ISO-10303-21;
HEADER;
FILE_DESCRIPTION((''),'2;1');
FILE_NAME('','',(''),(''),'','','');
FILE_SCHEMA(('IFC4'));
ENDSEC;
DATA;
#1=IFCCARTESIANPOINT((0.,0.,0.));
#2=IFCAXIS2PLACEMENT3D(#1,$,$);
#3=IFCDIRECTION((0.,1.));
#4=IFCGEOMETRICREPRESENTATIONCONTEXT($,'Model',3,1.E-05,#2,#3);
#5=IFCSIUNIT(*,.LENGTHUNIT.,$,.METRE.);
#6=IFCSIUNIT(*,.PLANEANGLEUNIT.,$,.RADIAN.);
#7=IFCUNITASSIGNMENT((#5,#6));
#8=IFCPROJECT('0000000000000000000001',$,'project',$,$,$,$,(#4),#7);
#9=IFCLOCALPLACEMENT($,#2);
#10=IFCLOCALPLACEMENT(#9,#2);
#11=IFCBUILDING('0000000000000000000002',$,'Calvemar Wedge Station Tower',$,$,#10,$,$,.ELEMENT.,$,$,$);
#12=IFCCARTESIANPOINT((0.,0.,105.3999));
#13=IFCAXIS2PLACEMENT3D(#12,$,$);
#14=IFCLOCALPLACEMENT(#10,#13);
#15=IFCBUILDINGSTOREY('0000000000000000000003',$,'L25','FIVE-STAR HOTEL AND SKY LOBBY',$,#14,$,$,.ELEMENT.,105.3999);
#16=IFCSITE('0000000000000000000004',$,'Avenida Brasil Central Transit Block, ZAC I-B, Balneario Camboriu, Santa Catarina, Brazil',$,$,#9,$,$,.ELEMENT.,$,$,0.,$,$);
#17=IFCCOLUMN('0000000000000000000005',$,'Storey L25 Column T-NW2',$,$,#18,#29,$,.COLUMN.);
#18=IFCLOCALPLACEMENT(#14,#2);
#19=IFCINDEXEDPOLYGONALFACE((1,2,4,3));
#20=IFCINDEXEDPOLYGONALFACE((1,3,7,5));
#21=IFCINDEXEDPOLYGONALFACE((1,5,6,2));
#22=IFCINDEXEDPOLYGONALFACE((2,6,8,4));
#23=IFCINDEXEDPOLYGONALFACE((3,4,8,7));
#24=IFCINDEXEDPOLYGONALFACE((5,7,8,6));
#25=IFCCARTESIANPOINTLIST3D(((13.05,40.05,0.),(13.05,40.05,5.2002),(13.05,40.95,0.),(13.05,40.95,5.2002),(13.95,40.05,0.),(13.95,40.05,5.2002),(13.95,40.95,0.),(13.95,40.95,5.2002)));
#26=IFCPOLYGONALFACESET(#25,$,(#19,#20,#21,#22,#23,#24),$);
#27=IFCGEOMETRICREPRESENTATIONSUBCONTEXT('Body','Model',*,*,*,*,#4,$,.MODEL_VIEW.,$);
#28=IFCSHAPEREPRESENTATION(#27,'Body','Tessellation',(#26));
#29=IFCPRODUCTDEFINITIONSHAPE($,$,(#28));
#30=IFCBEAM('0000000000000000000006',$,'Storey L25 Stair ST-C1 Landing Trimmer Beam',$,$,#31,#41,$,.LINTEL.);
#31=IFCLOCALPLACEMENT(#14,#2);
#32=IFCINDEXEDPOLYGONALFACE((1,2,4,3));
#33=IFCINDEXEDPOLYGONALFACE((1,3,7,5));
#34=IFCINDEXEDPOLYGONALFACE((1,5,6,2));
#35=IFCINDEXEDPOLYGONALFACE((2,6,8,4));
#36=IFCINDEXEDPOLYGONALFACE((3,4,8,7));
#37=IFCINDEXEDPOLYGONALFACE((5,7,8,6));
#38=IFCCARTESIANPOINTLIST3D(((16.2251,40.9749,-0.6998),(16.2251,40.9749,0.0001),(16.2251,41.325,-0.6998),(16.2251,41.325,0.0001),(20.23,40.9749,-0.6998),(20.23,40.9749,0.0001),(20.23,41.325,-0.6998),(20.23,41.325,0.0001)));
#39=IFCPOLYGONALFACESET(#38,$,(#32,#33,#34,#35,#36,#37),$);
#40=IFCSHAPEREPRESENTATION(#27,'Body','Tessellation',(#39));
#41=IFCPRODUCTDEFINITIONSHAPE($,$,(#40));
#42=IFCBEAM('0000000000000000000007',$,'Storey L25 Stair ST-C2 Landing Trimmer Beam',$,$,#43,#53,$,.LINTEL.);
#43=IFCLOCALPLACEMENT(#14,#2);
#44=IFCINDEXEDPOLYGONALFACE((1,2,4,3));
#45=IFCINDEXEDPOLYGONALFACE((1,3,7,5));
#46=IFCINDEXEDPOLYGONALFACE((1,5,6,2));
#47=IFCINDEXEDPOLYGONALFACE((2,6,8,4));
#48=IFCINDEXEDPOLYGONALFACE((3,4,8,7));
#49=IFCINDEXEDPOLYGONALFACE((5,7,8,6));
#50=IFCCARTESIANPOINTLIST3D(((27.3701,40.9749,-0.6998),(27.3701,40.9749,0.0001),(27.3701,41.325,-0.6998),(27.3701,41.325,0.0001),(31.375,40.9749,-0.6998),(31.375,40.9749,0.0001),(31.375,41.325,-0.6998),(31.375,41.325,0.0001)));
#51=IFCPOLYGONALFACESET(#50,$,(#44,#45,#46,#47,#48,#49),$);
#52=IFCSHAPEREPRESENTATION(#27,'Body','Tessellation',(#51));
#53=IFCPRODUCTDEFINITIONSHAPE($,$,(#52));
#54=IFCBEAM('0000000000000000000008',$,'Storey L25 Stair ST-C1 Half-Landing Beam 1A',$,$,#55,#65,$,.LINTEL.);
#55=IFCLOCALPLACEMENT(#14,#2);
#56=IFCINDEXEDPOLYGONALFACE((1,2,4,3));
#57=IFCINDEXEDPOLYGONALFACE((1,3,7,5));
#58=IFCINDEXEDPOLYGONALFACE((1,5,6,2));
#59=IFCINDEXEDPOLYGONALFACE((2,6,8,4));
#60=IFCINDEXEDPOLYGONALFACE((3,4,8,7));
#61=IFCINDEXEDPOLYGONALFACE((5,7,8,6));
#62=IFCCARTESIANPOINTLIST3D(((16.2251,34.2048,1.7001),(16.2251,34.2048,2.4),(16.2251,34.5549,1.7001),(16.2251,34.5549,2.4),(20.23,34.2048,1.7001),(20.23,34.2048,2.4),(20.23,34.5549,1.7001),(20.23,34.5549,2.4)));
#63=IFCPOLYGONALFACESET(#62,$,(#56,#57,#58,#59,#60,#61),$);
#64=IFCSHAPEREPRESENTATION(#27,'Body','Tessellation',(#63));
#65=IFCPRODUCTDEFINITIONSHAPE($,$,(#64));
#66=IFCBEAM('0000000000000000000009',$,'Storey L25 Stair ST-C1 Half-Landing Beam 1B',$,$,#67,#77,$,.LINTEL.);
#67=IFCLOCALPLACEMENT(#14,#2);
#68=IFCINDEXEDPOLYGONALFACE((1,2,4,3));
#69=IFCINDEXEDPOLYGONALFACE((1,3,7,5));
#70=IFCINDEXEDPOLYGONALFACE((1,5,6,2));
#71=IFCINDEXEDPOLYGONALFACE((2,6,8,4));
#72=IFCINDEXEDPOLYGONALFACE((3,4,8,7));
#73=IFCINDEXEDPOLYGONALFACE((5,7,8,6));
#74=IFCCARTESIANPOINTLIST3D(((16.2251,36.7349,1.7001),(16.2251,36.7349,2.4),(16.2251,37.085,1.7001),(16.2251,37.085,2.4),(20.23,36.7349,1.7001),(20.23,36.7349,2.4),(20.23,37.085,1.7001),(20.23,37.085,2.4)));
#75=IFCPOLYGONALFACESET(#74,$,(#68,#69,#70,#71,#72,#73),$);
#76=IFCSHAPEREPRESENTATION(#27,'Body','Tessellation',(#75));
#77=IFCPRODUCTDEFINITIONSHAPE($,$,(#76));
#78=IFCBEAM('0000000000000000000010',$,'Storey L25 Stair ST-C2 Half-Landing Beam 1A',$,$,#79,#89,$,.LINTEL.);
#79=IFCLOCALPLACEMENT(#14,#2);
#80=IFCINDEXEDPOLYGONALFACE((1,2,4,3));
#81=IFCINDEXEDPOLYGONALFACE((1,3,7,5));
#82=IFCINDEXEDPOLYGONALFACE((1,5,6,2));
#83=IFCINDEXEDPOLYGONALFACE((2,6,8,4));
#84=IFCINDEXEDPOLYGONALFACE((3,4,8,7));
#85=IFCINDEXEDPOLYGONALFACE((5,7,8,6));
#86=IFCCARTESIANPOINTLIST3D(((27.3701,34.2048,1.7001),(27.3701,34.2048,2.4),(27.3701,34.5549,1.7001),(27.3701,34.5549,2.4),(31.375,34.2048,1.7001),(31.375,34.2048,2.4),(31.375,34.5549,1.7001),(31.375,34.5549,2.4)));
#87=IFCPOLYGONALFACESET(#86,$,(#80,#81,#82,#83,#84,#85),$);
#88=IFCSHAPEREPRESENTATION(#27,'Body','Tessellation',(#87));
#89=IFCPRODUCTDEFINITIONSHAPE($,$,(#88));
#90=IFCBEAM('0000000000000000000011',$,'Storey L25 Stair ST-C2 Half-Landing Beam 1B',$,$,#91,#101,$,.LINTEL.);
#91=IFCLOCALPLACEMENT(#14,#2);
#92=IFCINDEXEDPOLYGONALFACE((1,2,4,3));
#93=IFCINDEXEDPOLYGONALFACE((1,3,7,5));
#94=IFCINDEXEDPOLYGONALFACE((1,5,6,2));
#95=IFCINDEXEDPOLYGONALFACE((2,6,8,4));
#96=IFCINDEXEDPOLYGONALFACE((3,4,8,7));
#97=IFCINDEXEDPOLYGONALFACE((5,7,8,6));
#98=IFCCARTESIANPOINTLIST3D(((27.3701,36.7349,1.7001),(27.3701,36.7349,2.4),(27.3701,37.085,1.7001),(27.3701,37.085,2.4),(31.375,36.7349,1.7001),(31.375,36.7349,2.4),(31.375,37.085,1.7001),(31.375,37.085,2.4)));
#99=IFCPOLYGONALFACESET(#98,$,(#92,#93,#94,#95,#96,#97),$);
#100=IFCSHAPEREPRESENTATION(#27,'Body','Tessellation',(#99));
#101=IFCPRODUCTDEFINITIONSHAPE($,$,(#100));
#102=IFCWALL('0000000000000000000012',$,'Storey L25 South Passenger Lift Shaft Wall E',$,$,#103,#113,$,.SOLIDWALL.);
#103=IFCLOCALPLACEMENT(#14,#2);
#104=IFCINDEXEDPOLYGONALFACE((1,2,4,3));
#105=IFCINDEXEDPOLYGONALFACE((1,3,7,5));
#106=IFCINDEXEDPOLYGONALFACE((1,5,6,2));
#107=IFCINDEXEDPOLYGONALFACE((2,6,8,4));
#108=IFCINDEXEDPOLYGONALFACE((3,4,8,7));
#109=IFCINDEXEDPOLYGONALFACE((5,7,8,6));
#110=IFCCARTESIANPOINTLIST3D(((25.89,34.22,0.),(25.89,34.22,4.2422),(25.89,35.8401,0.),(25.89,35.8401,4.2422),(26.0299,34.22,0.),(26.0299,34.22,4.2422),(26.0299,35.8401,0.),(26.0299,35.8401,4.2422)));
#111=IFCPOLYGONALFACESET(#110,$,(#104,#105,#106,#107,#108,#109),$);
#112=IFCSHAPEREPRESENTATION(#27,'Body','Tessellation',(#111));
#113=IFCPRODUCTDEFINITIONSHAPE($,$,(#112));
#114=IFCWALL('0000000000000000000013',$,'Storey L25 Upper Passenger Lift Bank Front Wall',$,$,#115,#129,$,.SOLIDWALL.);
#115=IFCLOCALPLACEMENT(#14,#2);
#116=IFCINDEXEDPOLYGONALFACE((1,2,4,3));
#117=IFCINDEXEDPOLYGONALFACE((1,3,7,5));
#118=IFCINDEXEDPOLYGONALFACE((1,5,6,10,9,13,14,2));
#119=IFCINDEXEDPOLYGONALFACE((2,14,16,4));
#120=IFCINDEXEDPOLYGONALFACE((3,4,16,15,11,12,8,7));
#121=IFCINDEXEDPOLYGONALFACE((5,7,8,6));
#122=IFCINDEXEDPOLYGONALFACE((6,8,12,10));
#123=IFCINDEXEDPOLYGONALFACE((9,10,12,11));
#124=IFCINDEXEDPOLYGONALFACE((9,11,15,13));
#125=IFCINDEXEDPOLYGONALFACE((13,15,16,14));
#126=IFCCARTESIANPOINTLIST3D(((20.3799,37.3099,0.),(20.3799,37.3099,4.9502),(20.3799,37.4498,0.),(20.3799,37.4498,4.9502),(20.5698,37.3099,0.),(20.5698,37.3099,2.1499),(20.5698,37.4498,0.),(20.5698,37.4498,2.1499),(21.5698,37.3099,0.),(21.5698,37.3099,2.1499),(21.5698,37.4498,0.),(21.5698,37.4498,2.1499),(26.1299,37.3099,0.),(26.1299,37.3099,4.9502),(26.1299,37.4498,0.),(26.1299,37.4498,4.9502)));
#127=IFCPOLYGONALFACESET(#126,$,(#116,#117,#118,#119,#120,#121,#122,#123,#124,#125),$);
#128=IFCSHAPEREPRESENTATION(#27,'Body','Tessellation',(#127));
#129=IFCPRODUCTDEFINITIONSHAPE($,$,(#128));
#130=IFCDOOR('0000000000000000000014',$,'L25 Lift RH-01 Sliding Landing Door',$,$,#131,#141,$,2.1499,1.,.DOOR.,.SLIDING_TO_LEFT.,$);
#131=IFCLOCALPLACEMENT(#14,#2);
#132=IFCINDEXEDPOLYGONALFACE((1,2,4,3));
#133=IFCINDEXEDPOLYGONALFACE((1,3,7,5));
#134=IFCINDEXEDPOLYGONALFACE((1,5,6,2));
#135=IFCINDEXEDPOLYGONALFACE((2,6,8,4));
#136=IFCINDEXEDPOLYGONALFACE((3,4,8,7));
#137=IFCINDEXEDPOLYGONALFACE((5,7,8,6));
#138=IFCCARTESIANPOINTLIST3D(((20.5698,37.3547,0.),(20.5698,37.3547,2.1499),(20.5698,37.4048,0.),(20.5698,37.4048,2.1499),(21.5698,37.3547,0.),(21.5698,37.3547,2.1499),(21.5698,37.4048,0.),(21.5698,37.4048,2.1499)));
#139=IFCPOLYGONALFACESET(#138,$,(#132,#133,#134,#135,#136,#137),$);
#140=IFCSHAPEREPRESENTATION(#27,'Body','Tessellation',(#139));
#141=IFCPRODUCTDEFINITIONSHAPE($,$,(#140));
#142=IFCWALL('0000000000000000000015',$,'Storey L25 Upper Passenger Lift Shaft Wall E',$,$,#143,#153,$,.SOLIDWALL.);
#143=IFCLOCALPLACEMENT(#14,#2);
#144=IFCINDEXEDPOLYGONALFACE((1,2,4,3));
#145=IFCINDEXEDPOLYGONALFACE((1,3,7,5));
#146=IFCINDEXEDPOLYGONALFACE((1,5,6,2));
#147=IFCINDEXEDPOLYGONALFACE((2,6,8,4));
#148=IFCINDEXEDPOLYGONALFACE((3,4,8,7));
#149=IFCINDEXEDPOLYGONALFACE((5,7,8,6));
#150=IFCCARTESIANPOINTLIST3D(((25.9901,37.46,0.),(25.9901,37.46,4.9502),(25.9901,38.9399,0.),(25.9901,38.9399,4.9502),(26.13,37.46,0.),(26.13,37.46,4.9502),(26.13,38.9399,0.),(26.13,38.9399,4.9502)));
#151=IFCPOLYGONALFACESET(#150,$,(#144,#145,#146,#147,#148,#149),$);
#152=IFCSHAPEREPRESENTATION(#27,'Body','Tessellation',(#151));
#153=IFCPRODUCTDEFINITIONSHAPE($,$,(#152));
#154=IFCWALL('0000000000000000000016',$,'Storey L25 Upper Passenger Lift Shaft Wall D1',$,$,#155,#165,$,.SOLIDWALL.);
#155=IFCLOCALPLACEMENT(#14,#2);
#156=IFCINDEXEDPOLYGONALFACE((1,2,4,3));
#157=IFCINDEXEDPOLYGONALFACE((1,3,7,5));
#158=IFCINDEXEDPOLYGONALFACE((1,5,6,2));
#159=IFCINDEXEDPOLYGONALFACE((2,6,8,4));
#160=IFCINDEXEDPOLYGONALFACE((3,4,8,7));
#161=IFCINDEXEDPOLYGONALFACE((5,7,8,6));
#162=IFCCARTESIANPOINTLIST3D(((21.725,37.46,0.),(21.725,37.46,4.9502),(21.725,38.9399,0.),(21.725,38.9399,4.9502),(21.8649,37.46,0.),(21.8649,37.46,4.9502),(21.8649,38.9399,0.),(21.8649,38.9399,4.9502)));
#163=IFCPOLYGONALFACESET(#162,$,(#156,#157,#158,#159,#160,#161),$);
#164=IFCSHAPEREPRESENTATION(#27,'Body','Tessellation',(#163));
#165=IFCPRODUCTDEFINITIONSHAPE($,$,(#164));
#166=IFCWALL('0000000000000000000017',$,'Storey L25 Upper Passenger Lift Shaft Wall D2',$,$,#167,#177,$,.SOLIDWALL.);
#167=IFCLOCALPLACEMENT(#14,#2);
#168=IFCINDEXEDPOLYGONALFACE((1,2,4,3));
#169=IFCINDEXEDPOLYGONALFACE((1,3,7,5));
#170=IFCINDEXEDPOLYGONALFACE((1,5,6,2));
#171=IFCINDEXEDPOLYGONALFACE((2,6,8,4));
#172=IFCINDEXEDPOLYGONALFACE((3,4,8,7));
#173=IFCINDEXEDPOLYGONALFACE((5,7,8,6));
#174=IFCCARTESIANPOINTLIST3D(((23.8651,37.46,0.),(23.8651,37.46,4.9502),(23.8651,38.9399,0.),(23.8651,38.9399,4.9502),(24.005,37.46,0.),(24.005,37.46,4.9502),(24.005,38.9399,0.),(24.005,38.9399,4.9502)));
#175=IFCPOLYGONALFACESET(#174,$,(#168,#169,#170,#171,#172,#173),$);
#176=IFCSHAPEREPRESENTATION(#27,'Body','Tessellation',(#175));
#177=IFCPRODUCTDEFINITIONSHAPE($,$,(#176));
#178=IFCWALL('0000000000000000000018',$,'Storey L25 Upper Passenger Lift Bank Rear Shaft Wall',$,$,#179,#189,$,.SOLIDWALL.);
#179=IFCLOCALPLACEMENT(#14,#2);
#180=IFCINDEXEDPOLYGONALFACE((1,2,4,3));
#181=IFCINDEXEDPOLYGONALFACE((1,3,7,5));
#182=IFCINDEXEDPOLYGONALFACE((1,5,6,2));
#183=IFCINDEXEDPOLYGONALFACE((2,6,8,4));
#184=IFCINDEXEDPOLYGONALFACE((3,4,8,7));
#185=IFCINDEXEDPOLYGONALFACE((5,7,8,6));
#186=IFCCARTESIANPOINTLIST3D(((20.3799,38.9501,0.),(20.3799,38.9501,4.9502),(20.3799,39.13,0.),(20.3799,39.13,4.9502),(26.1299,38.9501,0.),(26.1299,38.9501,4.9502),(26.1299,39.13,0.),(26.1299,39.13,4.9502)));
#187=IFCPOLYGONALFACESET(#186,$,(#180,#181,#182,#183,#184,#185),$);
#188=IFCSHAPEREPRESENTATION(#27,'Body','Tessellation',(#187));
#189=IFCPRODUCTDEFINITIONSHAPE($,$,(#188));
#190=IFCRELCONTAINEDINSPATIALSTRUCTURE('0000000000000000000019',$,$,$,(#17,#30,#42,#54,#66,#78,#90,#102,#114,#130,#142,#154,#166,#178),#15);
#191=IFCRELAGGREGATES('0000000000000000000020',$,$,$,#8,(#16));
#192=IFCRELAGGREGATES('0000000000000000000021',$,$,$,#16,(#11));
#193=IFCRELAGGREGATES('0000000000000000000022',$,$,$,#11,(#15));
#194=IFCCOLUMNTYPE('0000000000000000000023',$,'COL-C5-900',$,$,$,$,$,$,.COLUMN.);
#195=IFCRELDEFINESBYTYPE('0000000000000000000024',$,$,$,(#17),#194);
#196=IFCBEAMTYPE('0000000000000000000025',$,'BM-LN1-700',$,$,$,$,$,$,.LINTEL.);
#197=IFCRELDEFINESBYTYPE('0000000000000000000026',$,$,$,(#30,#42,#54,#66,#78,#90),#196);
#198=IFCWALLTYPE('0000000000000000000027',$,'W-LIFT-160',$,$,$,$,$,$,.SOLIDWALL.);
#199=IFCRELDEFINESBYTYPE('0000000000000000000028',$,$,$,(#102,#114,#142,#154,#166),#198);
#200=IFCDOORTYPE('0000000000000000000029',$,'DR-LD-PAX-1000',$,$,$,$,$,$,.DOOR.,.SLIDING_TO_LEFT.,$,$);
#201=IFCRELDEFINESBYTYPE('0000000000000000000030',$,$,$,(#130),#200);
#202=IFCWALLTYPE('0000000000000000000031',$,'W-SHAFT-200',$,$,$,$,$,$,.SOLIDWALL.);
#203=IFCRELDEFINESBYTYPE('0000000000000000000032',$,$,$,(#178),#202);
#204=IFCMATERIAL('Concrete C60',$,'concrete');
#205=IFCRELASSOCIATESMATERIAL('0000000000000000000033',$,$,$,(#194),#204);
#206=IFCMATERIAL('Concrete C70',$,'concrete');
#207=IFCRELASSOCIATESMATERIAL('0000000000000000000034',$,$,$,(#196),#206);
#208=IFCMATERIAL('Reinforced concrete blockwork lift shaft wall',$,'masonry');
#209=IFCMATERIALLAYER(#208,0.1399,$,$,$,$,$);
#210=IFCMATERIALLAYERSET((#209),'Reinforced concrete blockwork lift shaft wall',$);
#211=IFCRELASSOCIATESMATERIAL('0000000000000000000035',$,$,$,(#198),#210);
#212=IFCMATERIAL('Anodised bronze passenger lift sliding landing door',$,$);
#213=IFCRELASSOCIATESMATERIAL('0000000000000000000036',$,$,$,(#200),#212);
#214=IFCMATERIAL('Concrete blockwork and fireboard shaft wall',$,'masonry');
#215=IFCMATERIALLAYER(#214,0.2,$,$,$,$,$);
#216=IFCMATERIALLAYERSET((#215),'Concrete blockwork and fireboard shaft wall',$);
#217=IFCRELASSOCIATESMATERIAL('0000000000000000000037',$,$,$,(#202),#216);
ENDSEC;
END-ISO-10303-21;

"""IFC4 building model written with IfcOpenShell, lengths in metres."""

from ifc_helpers import new_model, si_unit, direction, frame, frame_2d, origin, origin_2d, place, context, subcontext, project, spatial, rectangle, extrude, source, transform, mapped, material, layer, layer_set, material_profile, profile_set, type_object, element, fill, save


model = new_model("IFC4")

# Units and contexts
model_context = context("Model", 3, precision=1e-05, world=origin(), true_north=direction((0.0, 1.0)))
body_context = subcontext(model_context, "Body", "Model", "MODEL_VIEW")
ifc_project = project(units=[si_unit("LENGTHUNIT", "METRE"), si_unit("PLANEANGLEUNIT", "RADIAN")], contexts=[model_context])

# Site, building, storey
site_placement = place(None, origin())
site = spatial("IfcSite", under=ifc_project, at=site_placement, Name="Avenida Brasil Central Transit Block, ZAC I-B, Balneario Camboriu, Santa Catarina, Brazil", CompositionType="ELEMENT", RefElevation=0.0)
building_placement = place(site_placement, origin())
building = spatial("IfcBuilding", under=site, at=building_placement, Name="Calvemar Wedge Station Tower", CompositionType="ELEMENT")
storey_placement = place(building_placement, frame((0.0, 0.0, 105.3999)))
storey = spatial("IfcBuildingStorey", under=building, at=storey_placement, Name="L25", Description="FIVE-STAR HOTEL AND SKY LOBBY", CompositionType="ELEMENT", Elevation=105.3999)

# Column
ifc_material_1 = material(Name="Concrete C60", Category="concrete")
ifc_material_profile_1 = material_profile(ifc_material_1, rectangle(XDim=0.8999, YDim=0.8999, at=origin_2d()), Name="RC900x900")
ifc_profile_set_1 = profile_set([ifc_material_profile_1], Name="Concrete C60")
column_type = type_object("IfcColumnType", Name="COL-C5-900", PredefinedType="COLUMN", material=ifc_profile_set_1)
shared_shape_1 = source(origin(), body_context, "Body", "SweptSolid", [
    extrude(rectangle(XDim=0.8999, YDim=0.8999, at=origin_2d()), origin(), (0.0, 0.0, 1.0), 5.2002),
])
column_placement = place(storey_placement, frame((13.5, 40.5, 0.0), z_axis=(0.0, 0.0, 1.0), x_axis=(1.0, 0.0, 0.0)))
element("IfcColumn", 1, at=column_placement, inside=storey, type_object=column_type, Name="Storey L25 Column T-NW2", PredefinedType="COLUMN", context=body_context, shape_type="MappedRepresentation", body=[
    mapped(shared_shape_1, transform((0.0, 0.0, 0.0), scale=1.0)),
])

# Beams
ifc_material_2 = material(Name="Concrete C70", Category="concrete")
ifc_material_profile_2 = material_profile(ifc_material_2, rectangle(XDim=0.3501, YDim=0.7, at=origin_2d()), Name="RC350x700")
ifc_profile_set_2 = profile_set([ifc_material_profile_2], Name="Concrete C70")
beam_type = type_object("IfcBeamType", Name="BM-LN1-700", PredefinedType="LINTEL", material=ifc_profile_set_2)
shared_shape_2 = source(origin(), body_context, "Body", "SweptSolid", [
    extrude(rectangle(XDim=0.3501, YDim=0.7, at=origin_2d()), origin(), (0.0, 0.0, 1.0), 4.0049),
])
for number, where, z_axis, x_axis, name in (
    (2, (16.2251, 41.1499, -0.3499), (1.0, 0.0, 0.0), (0.0, 1.0, 0.0), "Storey L25 Stair ST-C1 Landing Trimmer Beam"),
    (3, (27.3701, 41.1499, -0.3499), (1.0, 0.0, 0.0), (0.0, 1.0, 0.0), "Storey L25 Stair ST-C2 Landing Trimmer Beam"),
    (4, (16.2251, 34.3799, 2.05), (1.0, 0.0, 0.0), (0.0, 1.0, 0.0), "Storey L25 Stair ST-C1 Half-Landing Beam 1A"),
    (5, (16.2251, 36.9099, 2.05), (1.0, 0.0, 0.0), (0.0, 1.0, 0.0), "Storey L25 Stair ST-C1 Half-Landing Beam 1B"),
    (6, (27.3701, 34.3799, 2.05), (1.0, 0.0, 0.0), (0.0, 1.0, 0.0), "Storey L25 Stair ST-C2 Half-Landing Beam 1A"),
    (7, (27.3701, 36.9099, 2.05), (1.0, 0.0, 0.0), (0.0, 1.0, 0.0), "Storey L25 Stair ST-C2 Half-Landing Beam 1B"),
):
    element("IfcBeam", number, at=place(storey_placement, frame(where, z_axis=z_axis, x_axis=x_axis)), inside=storey, type_object=beam_type, Name=name, PredefinedType="LINTEL", context=body_context, shape_type="MappedRepresentation", body=[
        mapped(shared_shape_2, transform((0.0, 0.0, 0.0), scale=1.0)),
    ])

# Shared definitions
ifc_material_3 = material(Name="Reinforced concrete blockwork lift shaft wall", Category="masonry")
ifc_layer_1 = layer(ifc_material_3, 0.1399)
ifc_layer_set_1 = layer_set([ifc_layer_1], Name="Reinforced concrete blockwork lift shaft wall")
wall_type_1 = type_object("IfcWallType", Name="W-LIFT-160", PredefinedType="SOLIDWALL", material=ifc_layer_set_1)
shared_shape_3 = source(origin(), body_context, "Body", "SweptSolid", [
    extrude(rectangle(XDim=1.0, YDim=2.1499, at=frame_2d((0.5, 1.075))), frame((0.0, 0.0801, 0.0), z_axis=(0.0, -1.0, 0.0), x_axis=(1.0, 0.0, 0.0)), (0.0, 0.0, 1.0), 0.1599),
])
ifc_material_4 = material(Name="Anodised bronze passenger lift sliding landing door")
door_type_1 = type_object("IfcDoorType", Name="DR-LD-PAX-1000", OperationType="SLIDING_TO_LEFT", PredefinedType="DOOR", material=ifc_material_4)
shared_shape_4 = source(origin(), body_context, "Body", "SweptSolid", [
    extrude(rectangle(XDim=1.0, YDim=2.1499, at=frame_2d((0.5, 1.075))), frame((0.0, 0.0249, 0.0), z_axis=(0.0, -1.0, 0.0), x_axis=(1.0, 0.0, 0.0)), (0.0, 0.0, 1.0), 0.05),
])

# Wall
wall_1_placement = place(storey_placement, frame((25.96, 34.22, 0.0), z_axis=(0.0, 0.0, 1.0), x_axis=(0.0, 1.0, 0.0)))
element("IfcWall", 8, at=wall_1_placement, inside=storey, type_object=wall_type_1, Name="Storey L25 South Passenger Lift Shaft Wall E", PredefinedType="SOLIDWALL", context=body_context, shape_type="SweptSolid", body=[
    extrude(rectangle(XDim=1.6201, YDim=0.1399, at=frame_2d((0.8101, 0.0))), origin(), (0.0, 0.0, 1.0), 4.2422),
])

# Wall, opening, door
wall_2_placement = place(storey_placement, frame((20.3799, 37.3799, 0.0), z_axis=(0.0, 0.0, 1.0), x_axis=(1.0, 0.0, 0.0)))
wall_2 = element("IfcWall", 9, at=wall_2_placement, inside=storey, type_object=wall_type_1, Name="Storey L25 Upper Passenger Lift Bank Front Wall", PredefinedType="SOLIDWALL", context=body_context, shape_type="SweptSolid", body=[
    extrude(rectangle(XDim=5.75, YDim=0.1399, at=frame_2d((2.875, 0.0))), origin(), (0.0, 0.0, 1.0), 4.9502),
])
opening_1_placement = place(wall_2_placement, frame((0.1899, 0.0, 0.0)))
opening_1 = element("IfcOpeningElement", 10, at=opening_1_placement, cuts=wall_2, PredefinedType="OPENING", context=body_context, shape_type="MappedRepresentation", body=[
    mapped(shared_shape_3, transform((0.0, 0.0, 0.0), scale=1.0)),
])
door_1_placement = place(opening_1_placement, origin())
door_1 = element("IfcDoor", 11, at=door_1_placement, inside=storey, type_object=door_type_1, Name="L25 Lift RH-01 Sliding Landing Door", OperationType="SLIDING_TO_LEFT", OverallHeight=2.1499, OverallWidth=1.0, PredefinedType="DOOR", context=body_context, shape_type="MappedRepresentation", body=[
    mapped(shared_shape_4, transform((0.0, 0.0, 0.0), scale=1.0)),
])
fill(opening_1, door_1)

# Walls
for number, where, z_axis, x_axis, name in (
    (12, (26.0601, 37.46, 0.0), (0.0, 0.0, 1.0), (0.0, 1.0, 0.0), "Storey L25 Upper Passenger Lift Shaft Wall E"),
    (13, (21.7949, 37.46, 0.0), (0.0, 0.0, 1.0), (0.0, 1.0, 0.0), "Storey L25 Upper Passenger Lift Shaft Wall D1"),
    (14, (23.9351, 37.46, 0.0), (0.0, 0.0, 1.0), (0.0, 1.0, 0.0), "Storey L25 Upper Passenger Lift Shaft Wall D2"),
):
    element("IfcWall", number, at=place(storey_placement, frame(where, z_axis=z_axis, x_axis=x_axis)), inside=storey, type_object=wall_type_1, Name=name, PredefinedType="SOLIDWALL", context=body_context, shape_type="SweptSolid", body=[
        extrude(rectangle(XDim=1.48, YDim=0.1399, at=frame_2d((0.74, 0.0))), origin(), (0.0, 0.0, 1.0), 4.9502),
    ])
ifc_material_5 = material(Name="Concrete blockwork and fireboard shaft wall", Category="masonry")
ifc_layer_2 = layer(ifc_material_5, 0.2)
ifc_layer_set_2 = layer_set([ifc_layer_2], Name="Concrete blockwork and fireboard shaft wall")
wall_type_2 = type_object("IfcWallType", Name="W-SHAFT-200", PredefinedType="SOLIDWALL", material=ifc_layer_set_2)
wall_3_placement = place(storey_placement, frame((20.3799, 39.04, 0.0), z_axis=(0.0, 0.0, 1.0), x_axis=(1.0, 0.0, 0.0)))
element("IfcWall", 15, at=wall_3_placement, inside=storey, type_object=wall_type_2, Name="Storey L25 Upper Passenger Lift Bank Rear Shaft Wall", PredefinedType="SOLIDWALL", context=body_context, shape_type="SweptSolid", body=[
    extrude(rectangle(XDim=5.75, YDim=0.1799, at=frame_2d((2.875, 0.0))), origin(), (0.0, 0.0, 1.0), 4.9502),
])

save(model, "model.ifc")
